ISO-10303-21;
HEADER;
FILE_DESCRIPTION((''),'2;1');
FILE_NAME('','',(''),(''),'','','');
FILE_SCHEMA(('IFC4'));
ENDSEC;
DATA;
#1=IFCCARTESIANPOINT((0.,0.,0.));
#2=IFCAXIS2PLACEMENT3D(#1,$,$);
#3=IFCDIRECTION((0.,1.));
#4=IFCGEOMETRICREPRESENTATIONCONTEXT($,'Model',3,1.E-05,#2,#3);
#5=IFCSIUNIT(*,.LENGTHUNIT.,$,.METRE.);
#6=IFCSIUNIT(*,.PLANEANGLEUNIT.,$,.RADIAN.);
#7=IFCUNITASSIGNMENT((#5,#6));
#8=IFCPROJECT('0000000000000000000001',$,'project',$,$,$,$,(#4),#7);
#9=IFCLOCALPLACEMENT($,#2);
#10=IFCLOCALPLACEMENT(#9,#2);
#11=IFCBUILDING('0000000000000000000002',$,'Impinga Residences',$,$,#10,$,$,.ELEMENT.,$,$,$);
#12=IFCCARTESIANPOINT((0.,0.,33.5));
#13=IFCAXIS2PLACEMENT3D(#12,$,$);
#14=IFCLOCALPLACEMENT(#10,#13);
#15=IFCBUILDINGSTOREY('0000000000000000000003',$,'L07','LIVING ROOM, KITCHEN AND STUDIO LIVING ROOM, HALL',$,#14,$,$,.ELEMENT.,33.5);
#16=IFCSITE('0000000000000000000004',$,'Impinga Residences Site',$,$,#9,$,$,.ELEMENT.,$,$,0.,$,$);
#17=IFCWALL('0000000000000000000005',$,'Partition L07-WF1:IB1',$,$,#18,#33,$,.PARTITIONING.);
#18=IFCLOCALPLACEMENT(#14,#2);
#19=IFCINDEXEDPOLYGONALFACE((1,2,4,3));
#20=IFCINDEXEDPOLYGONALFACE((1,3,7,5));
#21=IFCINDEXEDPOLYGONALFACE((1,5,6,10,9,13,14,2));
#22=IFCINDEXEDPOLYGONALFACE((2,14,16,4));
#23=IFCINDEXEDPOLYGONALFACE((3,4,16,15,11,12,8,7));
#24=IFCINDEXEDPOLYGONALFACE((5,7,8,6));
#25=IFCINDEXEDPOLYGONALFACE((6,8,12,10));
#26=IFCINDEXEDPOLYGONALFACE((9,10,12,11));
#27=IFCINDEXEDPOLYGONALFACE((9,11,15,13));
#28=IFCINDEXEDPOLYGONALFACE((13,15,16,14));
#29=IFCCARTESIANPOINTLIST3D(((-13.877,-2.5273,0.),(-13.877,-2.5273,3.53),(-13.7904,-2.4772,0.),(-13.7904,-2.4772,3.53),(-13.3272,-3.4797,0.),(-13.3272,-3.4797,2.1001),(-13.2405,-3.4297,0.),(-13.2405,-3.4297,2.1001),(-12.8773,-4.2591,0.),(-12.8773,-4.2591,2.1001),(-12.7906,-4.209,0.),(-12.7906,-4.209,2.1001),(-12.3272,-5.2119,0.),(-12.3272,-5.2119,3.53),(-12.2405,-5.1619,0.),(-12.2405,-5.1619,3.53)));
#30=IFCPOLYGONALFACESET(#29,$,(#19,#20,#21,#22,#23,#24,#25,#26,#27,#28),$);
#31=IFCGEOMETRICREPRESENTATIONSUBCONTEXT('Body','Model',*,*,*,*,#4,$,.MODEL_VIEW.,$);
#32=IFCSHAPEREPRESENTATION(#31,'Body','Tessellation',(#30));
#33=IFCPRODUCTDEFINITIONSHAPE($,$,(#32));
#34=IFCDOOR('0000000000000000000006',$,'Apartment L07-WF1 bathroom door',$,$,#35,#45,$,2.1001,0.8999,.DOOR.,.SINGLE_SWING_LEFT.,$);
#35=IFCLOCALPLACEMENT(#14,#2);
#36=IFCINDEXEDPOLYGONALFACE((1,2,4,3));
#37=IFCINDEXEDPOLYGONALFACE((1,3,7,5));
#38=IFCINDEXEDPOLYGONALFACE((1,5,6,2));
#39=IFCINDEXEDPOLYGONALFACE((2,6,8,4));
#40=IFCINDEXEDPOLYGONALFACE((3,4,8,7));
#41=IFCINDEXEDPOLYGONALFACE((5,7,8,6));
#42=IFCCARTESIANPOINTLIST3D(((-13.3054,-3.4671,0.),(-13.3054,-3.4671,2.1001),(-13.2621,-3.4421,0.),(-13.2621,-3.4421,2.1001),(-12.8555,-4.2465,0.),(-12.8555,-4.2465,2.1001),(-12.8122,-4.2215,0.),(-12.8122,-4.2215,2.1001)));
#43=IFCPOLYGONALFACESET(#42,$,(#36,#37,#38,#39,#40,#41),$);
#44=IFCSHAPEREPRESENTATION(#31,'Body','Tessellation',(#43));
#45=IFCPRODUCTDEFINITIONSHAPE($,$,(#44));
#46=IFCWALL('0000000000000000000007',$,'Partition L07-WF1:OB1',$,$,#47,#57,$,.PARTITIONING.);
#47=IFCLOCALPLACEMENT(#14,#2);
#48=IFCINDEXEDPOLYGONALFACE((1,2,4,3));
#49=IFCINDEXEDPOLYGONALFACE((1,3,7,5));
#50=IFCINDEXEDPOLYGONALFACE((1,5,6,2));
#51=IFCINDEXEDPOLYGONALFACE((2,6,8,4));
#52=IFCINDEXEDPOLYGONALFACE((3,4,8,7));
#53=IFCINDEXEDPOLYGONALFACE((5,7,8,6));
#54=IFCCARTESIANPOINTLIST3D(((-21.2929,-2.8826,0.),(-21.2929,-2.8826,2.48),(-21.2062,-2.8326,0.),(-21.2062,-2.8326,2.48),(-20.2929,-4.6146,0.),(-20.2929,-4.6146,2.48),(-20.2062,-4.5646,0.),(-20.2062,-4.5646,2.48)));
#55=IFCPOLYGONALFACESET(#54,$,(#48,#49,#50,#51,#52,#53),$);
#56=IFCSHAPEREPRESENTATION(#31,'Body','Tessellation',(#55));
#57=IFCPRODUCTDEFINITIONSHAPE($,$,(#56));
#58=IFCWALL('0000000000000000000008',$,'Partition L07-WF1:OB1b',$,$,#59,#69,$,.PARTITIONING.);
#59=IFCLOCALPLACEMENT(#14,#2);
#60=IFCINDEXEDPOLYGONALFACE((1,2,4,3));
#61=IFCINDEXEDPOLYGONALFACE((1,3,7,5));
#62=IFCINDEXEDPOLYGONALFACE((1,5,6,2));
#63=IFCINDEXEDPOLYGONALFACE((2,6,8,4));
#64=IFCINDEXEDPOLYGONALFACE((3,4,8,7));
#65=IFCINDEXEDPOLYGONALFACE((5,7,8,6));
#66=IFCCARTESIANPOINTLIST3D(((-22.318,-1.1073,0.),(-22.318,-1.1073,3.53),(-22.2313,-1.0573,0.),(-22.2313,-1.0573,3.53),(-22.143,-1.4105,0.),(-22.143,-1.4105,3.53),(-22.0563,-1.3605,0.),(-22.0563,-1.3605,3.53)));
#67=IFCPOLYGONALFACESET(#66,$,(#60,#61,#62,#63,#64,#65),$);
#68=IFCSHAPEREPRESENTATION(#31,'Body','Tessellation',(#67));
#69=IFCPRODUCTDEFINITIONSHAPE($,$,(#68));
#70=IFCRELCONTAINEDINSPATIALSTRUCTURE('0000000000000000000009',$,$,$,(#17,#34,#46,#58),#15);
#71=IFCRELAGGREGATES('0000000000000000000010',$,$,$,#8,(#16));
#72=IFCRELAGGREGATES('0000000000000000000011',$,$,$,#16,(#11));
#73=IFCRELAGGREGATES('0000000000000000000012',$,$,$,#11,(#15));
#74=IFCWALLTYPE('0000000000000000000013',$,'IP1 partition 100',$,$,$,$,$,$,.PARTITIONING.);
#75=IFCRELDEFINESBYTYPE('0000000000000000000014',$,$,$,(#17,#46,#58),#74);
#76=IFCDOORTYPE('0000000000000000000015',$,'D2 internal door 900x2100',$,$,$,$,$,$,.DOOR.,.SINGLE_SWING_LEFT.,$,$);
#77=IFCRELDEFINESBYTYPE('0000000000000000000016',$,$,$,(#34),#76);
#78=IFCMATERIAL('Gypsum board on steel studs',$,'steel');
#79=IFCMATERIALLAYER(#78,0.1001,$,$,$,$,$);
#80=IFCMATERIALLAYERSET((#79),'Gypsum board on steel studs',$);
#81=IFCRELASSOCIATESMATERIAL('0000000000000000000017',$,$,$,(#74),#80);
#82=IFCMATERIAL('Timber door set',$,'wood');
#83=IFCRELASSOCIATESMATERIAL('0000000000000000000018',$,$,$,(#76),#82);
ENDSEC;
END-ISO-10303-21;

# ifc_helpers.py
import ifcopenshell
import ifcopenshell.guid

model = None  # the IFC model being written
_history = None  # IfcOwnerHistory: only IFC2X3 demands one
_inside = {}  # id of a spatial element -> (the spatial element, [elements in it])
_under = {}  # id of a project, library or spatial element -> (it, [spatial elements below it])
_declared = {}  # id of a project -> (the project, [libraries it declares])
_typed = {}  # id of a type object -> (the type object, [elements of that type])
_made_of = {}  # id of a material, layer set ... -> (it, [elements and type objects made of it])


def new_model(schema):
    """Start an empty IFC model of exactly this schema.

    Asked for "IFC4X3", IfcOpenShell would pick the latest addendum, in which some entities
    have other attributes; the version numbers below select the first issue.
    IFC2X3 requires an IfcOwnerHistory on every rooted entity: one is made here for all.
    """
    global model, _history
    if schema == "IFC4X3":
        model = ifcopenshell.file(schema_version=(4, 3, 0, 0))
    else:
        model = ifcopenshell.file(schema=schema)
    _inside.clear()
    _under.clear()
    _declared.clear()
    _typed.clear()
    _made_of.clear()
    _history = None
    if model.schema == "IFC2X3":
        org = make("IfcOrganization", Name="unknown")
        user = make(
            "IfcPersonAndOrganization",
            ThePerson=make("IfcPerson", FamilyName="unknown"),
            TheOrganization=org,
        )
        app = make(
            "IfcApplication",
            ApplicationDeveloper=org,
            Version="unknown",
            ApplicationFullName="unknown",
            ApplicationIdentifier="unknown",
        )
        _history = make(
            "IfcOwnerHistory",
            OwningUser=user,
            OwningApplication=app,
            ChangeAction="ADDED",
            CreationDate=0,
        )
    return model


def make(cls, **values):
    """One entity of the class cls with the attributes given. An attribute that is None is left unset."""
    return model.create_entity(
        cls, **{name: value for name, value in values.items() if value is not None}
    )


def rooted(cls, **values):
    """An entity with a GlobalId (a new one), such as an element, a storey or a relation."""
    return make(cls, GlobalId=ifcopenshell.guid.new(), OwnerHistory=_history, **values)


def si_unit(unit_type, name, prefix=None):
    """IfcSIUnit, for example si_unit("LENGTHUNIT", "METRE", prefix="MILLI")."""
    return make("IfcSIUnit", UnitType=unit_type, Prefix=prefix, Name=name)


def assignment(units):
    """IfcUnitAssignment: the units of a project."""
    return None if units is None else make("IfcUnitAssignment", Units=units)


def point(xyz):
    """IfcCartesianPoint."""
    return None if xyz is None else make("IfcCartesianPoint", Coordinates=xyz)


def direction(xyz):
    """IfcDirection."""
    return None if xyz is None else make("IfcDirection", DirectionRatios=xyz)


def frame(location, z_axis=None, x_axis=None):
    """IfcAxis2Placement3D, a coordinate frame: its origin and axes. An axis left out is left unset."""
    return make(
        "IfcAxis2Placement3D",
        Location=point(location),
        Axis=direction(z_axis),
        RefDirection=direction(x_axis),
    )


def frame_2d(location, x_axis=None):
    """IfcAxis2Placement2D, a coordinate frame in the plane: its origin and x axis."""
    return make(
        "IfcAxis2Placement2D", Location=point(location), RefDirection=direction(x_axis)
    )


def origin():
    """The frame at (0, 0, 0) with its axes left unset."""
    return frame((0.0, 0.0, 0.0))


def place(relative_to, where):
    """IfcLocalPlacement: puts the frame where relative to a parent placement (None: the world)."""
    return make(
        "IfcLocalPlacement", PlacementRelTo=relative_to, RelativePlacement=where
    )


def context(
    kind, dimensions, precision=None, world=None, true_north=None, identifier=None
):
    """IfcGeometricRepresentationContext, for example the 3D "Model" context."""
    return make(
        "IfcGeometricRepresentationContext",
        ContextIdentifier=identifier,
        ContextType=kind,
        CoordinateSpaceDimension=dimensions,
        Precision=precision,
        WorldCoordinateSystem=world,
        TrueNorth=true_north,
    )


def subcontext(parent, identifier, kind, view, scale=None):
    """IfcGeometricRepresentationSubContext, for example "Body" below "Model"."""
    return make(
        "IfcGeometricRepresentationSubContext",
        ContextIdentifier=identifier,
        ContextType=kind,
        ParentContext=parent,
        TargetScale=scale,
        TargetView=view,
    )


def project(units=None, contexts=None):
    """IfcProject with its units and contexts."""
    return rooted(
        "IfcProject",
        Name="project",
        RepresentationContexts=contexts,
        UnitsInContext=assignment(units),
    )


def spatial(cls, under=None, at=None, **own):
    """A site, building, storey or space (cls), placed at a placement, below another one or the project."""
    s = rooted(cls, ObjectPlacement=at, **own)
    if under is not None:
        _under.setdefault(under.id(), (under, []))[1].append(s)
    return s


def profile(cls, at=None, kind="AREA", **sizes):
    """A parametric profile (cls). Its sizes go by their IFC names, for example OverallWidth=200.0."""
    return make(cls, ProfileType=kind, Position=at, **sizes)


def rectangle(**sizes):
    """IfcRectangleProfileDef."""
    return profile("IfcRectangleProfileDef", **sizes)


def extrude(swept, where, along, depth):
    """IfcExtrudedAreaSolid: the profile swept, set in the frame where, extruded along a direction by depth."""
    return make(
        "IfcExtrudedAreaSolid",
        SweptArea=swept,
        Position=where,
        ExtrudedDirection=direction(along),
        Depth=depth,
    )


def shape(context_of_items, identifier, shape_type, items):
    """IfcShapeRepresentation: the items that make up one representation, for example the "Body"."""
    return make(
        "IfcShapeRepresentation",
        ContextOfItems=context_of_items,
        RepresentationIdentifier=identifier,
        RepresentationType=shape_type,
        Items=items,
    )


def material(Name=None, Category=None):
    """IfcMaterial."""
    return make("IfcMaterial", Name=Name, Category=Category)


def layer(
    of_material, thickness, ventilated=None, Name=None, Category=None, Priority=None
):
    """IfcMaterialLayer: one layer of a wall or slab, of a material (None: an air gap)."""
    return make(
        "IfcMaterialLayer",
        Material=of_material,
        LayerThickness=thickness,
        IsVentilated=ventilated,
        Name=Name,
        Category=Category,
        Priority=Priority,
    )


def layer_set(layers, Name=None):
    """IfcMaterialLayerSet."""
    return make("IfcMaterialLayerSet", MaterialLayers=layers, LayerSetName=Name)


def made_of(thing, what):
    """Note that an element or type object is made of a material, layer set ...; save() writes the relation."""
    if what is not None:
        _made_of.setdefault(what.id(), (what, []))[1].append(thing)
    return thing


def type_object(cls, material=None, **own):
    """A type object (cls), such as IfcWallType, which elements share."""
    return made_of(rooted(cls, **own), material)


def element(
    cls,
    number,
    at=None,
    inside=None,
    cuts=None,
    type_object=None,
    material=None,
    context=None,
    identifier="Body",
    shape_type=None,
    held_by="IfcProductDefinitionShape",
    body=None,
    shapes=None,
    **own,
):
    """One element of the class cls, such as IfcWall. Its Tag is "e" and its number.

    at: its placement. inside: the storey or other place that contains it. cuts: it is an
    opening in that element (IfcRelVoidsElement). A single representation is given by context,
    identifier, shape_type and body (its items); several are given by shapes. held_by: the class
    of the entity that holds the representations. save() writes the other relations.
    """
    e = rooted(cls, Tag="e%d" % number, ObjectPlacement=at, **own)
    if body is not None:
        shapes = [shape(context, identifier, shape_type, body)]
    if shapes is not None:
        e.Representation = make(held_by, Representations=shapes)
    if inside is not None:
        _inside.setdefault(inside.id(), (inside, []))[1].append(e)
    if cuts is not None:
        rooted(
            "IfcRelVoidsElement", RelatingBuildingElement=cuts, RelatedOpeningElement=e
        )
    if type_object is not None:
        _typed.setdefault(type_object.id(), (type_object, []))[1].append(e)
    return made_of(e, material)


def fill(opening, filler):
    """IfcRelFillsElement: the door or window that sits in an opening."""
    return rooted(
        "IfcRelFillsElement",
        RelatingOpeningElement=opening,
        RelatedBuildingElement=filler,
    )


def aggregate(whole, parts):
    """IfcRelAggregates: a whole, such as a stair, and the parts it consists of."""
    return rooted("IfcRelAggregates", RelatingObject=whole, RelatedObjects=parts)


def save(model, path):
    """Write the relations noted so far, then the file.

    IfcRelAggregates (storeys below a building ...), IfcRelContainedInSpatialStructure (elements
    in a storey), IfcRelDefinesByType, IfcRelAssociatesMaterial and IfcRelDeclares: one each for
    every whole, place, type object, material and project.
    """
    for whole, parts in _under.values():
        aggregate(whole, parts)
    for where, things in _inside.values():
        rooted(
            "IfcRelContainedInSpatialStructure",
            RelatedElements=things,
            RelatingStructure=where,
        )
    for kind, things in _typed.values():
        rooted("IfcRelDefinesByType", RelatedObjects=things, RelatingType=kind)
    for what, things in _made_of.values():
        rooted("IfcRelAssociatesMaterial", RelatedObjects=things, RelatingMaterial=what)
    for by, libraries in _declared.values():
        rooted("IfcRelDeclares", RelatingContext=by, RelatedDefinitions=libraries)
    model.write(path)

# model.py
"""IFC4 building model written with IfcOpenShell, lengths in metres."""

from ifc_helpers import new_model, si_unit, direction, frame, frame_2d, origin, place, context, subcontext, project, spatial, rectangle, extrude, material, layer, layer_set, type_object, element, fill, save


model = new_model("IFC4")

# Units and contexts
model_context = context("Model", 3, precision=1e-05, world=origin(), true_north=direction((0.0, 1.0)))
body_context = subcontext(model_context, "Body", "Model", "MODEL_VIEW")
ifc_project = project(units=[si_unit("LENGTHUNIT", "METRE"), si_unit("PLANEANGLEUNIT", "RADIAN")], contexts=[model_context])

# Site, building, storey
site_placement = place(None, origin())
site = spatial("IfcSite", under=ifc_project, at=site_placement, Name="Impinga Residences Site", CompositionType="ELEMENT", RefElevation=0.0)
building_placement = place(site_placement, origin())
building = spatial("IfcBuilding", under=site, at=building_placement, Name="Impinga Residences", CompositionType="ELEMENT")
storey_placement = place(building_placement, frame((0.0, 0.0, 33.5)))
storey = spatial("IfcBuildingStorey", under=building, at=storey_placement, Name="L07", Description="LIVING ROOM, KITCHEN AND STUDIO LIVING ROOM, HALL", CompositionType="ELEMENT", Elevation=33.5)

# Shared definitions
ifc_material_1 = material(Name="Gypsum board on steel studs", Category="steel")
ifc_layer_1 = layer(ifc_material_1, 0.1001)
ifc_layer_set_1 = layer_set([ifc_layer_1], Name="Gypsum board on steel studs")
wall_type_1 = type_object("IfcWallType", Name="IP1 partition 100", PredefinedType="PARTITIONING", material=ifc_layer_set_1)

# Shared definitions
ifc_material_2 = material(Name="Timber door set", Category="wood")
door_type = type_object("IfcDoorType", Name="D2 internal door 900x2100", OperationType="SINGLE_SWING_LEFT", PredefinedType="DOOR", material=ifc_material_2)

# Wall, opening, door
wall_1_placement = place(storey_placement, frame((-12.2839, -5.1868, 0.0), z_axis=(0.0, 0.0, 1.0), x_axis=(-0.499968, 0.866044, 0.0)))
wall_1 = element("IfcWall", 1, at=wall_1_placement, inside=storey, type_object=wall_type_1, Name="Partition L07-WF1:IB1", PredefinedType="PARTITIONING", context=body_context, shape_type="SweptSolid", body=[
    extrude(rectangle(XDim=3.0999, YDim=0.1001, at=frame_2d((1.5498, 0.0))), origin(), (0.0, 0.0, 1.0), 3.53),
])
opening_1_placement = place(wall_1_placement, frame((1.1001, 0.0, 0.0)))
opening_1 = element("IfcOpeningElement", 2, at=opening_1_placement, cuts=wall_1, PredefinedType="OPENING", context=body_context, shape_type="SweptSolid", body=[
    extrude(rectangle(XDim=0.8999, YDim=2.1001, at=frame_2d((0.45, 1.05))), frame((0.0, 0.0601, 0.0), z_axis=(0.0, -1.0, 0.0), x_axis=(1.0, 0.0, 0.0)), (0.0, 0.0, 1.0), 0.1201),
])
door_1_placement = place(opening_1_placement, origin())
door_1 = element("IfcDoor", 3, at=door_1_placement, inside=storey, type_object=door_type, Name="Apartment L07-WF1 bathroom door", OperationType="SINGLE_SWING_LEFT", OverallHeight=2.1001, OverallWidth=0.8999, PredefinedType="DOOR", context=body_context, shape_type="SweptSolid", body=[
    extrude(rectangle(XDim=0.8999, YDim=2.1001, at=frame_2d((0.45, 1.05))), frame((0.0, 0.0249, 0.0), z_axis=(0.0, -1.0, 0.0), x_axis=(1.0, 0.0, 0.0)), (0.0, 0.0, 1.0), 0.05),
])
fill(opening_1, door_1)

# Walls
wall_2_placement = place(storey_placement, frame((-20.2495, -4.5896, 0.0), z_axis=(0.0, 0.0, 1.0), x_axis=(-0.500025, 0.866011, 0.0)))
element("IfcWall", 4, at=wall_2_placement, inside=storey, type_object=wall_type_1, Name="Partition L07-WF1:OB1", PredefinedType="PARTITIONING", context=body_context, shape_type="SweptSolid", body=[
    extrude(rectangle(XDim=2.0, YDim=0.1001, at=frame_2d((1.0, 0.0))), origin(), (0.0, 0.0, 1.0), 2.48),
])
wall_3_placement = place(storey_placement, frame((-22.0996, -1.3855, 0.0), z_axis=(0.0, 0.0, 1.0), x_axis=(-0.499964, 0.866046, 0.0)))
element("IfcWall", 5, at=wall_3_placement, inside=storey, type_object=wall_type_1, Name="Partition L07-WF1:OB1b", PredefinedType="PARTITIONING", context=body_context, shape_type="SweptSolid", body=[
    extrude(rectangle(XDim=0.3501, YDim=0.1001, at=frame_2d((0.175, 0.0))), origin(), (0.0, 0.0, 1.0), 3.53),
])

save(model, "model.ifc")
